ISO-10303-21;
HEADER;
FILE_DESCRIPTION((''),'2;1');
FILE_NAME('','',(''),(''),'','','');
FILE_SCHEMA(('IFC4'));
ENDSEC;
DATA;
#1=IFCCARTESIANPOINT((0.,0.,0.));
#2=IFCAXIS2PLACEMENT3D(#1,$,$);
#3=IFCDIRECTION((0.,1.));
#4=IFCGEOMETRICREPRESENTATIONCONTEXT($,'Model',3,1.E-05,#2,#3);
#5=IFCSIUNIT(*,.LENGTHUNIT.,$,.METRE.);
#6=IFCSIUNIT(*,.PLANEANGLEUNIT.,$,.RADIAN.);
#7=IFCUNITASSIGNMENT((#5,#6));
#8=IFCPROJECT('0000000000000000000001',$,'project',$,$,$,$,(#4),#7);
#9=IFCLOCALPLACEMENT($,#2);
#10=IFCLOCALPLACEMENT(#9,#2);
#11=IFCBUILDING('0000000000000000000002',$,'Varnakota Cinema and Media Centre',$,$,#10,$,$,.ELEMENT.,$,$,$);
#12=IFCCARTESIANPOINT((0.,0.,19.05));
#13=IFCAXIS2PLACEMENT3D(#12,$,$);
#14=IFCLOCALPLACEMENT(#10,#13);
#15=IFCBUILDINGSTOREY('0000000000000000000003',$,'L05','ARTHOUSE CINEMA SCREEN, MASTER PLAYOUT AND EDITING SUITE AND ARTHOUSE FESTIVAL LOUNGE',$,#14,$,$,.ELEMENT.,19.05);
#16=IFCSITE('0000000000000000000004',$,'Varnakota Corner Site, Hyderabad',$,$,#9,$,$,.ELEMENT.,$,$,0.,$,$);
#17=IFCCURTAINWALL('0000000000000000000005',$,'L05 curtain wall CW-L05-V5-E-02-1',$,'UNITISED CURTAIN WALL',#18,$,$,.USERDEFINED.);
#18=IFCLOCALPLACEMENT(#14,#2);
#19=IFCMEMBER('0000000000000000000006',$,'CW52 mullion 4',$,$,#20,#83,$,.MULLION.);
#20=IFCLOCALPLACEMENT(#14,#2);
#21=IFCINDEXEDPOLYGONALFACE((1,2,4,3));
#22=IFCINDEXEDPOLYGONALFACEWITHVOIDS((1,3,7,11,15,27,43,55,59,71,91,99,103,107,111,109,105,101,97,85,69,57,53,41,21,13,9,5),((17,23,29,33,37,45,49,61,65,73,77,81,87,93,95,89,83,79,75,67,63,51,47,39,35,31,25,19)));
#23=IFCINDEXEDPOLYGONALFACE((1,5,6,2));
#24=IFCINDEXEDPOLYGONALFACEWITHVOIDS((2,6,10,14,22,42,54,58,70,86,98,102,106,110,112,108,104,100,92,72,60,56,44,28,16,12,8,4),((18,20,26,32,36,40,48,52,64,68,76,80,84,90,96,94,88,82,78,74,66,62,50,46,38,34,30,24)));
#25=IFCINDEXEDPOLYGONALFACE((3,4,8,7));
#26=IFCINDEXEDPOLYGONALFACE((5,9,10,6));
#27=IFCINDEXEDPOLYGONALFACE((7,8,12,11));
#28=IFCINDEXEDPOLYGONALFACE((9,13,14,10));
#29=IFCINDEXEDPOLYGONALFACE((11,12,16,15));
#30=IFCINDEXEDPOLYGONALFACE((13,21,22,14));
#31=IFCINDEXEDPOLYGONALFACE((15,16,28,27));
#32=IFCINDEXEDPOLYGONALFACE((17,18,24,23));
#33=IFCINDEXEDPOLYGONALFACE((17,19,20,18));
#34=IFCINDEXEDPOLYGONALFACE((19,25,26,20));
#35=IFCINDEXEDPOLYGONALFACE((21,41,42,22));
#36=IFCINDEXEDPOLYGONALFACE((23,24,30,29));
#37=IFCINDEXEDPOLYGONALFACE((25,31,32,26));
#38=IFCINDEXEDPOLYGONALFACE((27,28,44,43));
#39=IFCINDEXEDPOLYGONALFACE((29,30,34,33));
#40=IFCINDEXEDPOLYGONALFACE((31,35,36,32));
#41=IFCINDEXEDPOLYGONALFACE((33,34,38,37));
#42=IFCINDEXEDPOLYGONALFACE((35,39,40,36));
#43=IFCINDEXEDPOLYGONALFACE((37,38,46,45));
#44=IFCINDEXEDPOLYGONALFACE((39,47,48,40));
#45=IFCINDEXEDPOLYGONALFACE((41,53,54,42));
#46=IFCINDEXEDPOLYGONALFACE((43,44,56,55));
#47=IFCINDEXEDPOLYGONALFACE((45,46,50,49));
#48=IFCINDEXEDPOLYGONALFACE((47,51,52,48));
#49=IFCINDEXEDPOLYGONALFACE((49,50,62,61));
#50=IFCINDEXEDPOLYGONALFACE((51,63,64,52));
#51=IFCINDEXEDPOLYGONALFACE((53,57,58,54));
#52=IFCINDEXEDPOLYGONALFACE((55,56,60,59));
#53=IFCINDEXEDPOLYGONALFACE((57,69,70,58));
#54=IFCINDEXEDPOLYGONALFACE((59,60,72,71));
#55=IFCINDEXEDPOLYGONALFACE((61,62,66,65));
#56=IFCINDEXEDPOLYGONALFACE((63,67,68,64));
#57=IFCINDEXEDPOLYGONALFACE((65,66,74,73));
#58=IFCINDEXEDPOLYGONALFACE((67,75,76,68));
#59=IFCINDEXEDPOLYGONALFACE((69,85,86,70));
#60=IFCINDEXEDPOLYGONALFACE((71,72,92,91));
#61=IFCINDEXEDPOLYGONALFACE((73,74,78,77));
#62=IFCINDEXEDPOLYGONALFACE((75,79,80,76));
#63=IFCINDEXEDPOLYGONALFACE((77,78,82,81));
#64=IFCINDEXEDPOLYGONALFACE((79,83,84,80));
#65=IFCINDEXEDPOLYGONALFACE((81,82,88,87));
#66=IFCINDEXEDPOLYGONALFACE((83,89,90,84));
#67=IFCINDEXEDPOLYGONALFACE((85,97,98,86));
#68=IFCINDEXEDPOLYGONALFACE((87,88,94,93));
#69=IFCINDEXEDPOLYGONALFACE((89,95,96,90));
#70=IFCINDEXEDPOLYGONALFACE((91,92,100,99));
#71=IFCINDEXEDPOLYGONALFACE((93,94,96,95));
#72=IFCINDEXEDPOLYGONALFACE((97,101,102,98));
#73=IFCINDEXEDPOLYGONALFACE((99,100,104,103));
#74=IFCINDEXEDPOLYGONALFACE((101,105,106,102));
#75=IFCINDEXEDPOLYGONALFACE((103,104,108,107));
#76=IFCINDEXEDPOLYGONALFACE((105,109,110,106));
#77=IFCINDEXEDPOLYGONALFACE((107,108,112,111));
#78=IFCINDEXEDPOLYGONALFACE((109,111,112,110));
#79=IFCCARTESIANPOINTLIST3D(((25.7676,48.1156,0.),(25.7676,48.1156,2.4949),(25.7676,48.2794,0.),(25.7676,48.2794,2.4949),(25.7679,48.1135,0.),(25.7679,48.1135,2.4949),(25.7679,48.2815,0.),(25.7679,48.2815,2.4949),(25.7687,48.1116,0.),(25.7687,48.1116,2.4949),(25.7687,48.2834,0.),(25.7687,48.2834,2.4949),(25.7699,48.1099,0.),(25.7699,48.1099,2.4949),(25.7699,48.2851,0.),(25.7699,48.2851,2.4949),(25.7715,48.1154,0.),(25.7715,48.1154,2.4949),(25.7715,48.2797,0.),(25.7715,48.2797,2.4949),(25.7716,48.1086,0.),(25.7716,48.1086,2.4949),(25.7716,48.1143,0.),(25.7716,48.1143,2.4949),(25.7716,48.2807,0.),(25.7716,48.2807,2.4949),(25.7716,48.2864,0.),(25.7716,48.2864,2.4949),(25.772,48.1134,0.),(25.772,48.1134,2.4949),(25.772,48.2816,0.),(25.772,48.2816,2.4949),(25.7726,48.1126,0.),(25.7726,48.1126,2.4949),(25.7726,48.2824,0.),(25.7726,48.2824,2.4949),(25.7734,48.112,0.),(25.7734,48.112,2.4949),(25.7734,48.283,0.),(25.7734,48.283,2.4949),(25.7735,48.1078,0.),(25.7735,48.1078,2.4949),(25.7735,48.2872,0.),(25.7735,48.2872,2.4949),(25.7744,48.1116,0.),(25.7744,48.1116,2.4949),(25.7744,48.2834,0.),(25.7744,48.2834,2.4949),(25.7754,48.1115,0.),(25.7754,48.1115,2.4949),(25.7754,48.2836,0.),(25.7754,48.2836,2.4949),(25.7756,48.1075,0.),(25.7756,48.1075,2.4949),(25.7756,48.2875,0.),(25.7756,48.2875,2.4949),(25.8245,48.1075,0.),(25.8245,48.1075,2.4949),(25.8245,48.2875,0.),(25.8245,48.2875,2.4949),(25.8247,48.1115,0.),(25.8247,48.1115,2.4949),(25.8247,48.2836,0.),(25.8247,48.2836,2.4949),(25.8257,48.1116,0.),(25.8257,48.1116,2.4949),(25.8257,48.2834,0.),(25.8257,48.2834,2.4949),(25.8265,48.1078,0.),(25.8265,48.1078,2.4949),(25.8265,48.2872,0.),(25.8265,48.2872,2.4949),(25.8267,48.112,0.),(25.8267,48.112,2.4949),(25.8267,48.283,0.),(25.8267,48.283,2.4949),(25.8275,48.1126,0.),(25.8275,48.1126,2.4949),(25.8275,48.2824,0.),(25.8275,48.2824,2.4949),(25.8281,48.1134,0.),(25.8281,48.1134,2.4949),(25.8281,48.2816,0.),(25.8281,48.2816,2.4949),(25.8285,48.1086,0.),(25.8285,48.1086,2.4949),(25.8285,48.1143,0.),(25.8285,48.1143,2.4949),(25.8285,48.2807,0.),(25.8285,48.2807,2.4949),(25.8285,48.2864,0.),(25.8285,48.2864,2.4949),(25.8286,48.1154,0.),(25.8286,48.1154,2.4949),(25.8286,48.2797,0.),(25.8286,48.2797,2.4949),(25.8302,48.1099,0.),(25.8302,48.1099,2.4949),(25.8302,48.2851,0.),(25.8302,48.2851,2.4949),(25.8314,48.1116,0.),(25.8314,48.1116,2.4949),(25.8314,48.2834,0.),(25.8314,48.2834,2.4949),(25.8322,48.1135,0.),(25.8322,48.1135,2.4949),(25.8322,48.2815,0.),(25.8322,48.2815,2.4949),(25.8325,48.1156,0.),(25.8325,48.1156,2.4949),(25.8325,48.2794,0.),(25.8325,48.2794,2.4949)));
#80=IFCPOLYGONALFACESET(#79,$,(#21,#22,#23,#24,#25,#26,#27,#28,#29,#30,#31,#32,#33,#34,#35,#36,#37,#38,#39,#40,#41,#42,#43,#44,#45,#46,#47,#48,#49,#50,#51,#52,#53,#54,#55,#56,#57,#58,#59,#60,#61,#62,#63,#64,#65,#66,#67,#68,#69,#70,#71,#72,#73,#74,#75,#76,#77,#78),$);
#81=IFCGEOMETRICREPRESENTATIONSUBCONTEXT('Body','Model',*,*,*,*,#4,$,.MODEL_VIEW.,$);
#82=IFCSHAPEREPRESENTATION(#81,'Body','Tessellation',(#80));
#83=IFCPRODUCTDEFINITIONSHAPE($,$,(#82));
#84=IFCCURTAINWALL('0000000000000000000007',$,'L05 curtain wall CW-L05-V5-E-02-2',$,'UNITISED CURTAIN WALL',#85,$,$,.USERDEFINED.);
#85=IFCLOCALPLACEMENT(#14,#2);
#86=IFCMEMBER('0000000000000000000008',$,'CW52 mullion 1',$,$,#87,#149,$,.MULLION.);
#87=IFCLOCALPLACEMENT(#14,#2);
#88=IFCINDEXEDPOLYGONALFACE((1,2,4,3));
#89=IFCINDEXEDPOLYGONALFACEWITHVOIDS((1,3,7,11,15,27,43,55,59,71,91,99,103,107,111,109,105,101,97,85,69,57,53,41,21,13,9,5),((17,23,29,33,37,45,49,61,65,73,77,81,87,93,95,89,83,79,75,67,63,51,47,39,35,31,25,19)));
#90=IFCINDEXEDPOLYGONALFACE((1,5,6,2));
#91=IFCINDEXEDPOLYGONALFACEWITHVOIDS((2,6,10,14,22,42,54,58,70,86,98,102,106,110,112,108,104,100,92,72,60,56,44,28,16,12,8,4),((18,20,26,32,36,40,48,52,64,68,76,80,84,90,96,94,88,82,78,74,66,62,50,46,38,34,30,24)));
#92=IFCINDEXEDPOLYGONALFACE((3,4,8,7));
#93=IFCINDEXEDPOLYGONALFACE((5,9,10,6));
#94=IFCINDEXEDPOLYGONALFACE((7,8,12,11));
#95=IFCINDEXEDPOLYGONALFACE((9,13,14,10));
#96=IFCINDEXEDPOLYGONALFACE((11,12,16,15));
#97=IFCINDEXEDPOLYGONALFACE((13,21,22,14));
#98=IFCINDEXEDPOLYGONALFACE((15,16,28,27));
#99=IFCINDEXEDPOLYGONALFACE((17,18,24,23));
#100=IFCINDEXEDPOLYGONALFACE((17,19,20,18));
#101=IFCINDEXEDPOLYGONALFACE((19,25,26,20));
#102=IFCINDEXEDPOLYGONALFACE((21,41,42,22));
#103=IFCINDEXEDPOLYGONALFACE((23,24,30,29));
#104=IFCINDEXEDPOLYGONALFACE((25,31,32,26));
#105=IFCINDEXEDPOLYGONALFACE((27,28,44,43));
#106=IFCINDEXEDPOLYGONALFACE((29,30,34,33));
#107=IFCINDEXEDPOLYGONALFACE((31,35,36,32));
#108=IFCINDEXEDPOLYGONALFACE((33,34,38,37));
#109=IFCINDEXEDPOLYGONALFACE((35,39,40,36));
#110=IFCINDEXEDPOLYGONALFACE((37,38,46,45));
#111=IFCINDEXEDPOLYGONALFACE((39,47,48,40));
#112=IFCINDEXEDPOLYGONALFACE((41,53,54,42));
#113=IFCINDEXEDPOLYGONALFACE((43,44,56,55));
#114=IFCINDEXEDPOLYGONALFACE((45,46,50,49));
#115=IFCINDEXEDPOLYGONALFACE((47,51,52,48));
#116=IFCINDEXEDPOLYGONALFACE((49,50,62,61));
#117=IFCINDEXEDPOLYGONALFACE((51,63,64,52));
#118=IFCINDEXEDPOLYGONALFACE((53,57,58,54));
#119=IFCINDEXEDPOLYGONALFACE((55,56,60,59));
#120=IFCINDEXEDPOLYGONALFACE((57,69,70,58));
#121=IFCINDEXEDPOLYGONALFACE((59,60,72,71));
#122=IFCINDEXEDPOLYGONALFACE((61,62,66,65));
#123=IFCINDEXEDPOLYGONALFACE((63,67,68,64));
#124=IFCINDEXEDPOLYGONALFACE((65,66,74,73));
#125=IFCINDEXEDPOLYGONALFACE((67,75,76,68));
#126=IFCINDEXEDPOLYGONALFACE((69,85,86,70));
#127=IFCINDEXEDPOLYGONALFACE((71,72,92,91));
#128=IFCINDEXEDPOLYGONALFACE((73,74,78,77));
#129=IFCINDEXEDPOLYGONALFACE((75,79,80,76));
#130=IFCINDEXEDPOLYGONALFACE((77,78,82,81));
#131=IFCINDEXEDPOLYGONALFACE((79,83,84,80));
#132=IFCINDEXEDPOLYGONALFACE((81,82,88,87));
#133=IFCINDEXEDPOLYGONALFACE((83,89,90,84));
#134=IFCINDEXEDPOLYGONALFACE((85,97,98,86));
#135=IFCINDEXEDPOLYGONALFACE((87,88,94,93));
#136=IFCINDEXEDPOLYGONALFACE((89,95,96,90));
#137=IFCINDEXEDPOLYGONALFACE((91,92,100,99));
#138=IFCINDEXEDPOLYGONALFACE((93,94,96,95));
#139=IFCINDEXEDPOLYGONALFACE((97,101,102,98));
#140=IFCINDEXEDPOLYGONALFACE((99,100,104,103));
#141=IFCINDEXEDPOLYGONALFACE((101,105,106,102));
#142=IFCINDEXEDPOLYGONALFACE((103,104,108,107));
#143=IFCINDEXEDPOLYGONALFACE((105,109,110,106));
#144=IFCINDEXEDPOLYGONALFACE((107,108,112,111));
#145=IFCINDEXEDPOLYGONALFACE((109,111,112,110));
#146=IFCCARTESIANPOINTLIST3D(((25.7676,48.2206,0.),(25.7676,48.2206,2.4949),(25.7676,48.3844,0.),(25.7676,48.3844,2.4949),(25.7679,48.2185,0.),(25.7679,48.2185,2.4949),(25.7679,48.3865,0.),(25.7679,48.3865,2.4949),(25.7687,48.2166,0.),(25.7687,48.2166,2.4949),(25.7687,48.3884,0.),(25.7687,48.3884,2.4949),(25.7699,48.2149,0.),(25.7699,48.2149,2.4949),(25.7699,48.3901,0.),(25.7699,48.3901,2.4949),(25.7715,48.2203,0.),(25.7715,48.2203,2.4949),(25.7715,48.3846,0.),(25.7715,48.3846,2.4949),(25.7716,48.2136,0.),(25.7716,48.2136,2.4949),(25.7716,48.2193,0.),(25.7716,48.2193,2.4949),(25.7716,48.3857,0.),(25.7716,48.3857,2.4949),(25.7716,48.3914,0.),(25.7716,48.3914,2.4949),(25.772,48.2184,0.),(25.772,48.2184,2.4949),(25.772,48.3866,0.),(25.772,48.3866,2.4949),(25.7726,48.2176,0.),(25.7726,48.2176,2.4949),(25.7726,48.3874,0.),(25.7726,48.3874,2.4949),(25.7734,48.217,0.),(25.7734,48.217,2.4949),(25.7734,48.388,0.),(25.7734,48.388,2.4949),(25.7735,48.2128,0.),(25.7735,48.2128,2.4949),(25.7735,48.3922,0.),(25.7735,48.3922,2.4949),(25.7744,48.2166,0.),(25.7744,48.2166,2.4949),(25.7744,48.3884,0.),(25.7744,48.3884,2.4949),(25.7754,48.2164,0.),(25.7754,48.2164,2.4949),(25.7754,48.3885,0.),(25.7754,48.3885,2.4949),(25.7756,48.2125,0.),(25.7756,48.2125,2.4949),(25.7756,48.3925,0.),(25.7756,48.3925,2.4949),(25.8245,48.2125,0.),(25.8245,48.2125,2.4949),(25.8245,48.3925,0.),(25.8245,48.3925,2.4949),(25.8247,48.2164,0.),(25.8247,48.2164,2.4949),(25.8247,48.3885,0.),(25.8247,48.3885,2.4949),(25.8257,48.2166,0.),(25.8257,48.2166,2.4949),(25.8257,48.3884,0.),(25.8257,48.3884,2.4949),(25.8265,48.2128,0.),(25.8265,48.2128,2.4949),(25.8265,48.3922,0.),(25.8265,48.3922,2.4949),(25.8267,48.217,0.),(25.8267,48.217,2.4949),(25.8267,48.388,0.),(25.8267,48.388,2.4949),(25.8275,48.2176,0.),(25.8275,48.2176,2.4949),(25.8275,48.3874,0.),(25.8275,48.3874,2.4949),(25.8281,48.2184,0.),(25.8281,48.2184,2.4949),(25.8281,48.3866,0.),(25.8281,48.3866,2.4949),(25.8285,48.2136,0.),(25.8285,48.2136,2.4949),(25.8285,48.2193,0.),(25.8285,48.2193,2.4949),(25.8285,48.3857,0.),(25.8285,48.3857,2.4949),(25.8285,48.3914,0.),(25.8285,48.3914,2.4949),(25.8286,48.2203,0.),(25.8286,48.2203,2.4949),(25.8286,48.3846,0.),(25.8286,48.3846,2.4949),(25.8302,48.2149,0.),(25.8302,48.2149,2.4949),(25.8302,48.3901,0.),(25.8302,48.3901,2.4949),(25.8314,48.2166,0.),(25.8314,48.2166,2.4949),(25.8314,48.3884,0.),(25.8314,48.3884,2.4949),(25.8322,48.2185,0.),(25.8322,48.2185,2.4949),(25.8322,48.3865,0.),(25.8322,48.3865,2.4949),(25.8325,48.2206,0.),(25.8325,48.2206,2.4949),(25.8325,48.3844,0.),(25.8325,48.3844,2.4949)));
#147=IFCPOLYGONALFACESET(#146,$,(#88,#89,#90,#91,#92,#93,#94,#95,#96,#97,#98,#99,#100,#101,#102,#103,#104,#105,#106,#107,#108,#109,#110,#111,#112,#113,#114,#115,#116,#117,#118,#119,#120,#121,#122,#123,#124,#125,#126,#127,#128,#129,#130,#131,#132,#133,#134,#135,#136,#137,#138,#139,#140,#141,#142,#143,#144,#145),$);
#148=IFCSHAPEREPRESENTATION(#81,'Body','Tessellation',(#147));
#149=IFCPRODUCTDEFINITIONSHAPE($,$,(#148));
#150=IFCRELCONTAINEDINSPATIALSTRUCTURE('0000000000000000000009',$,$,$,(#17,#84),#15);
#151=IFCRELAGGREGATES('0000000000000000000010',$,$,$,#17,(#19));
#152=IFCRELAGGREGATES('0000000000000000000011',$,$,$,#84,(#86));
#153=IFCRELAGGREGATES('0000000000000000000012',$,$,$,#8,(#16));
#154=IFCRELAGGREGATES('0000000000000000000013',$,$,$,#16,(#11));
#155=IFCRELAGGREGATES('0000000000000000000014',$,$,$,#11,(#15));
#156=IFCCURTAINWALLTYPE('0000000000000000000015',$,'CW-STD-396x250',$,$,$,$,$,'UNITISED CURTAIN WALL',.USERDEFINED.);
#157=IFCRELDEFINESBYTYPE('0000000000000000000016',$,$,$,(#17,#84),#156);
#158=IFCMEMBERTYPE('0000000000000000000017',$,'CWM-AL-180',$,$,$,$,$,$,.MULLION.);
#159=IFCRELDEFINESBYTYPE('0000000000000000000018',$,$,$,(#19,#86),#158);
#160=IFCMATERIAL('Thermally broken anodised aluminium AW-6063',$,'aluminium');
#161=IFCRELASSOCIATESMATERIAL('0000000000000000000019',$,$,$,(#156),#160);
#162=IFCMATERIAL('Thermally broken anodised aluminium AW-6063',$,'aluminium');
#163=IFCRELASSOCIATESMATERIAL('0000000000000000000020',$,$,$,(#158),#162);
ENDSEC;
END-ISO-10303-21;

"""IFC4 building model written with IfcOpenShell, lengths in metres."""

from ifc_helpers import new_model, si_unit, direction, frame, origin, origin_2d, place, context, subcontext, project, spatial, hollow_rectangle, extrude, material, material_profile, profile_set, type_object, element, aggregate, save


model = new_model("IFC4")

# Units and contexts
model_context = context("Model", 3, precision=1e-05, world=origin(), true_north=direction((0.0, 1.0)))
body_context = subcontext(model_context, "Body", "Model", "MODEL_VIEW")
ifc_project = project(units=[si_unit("LENGTHUNIT", "METRE"), si_unit("PLANEANGLEUNIT", "RADIAN")], contexts=[model_context])

# Site, building, storey
site_placement = place(None, origin())
site = spatial("IfcSite", under=ifc_project, at=site_placement, Name="Varnakota Corner Site, Hyderabad", CompositionType="ELEMENT", RefElevation=0.0)
building_placement = place(site_placement, origin())
building = spatial("IfcBuilding", under=site, at=building_placement, Name="Varnakota Cinema and Media Centre", CompositionType="ELEMENT")
storey_placement = place(building_placement, frame((0.0, 0.0, 19.05)))
storey = spatial("IfcBuildingStorey", under=building, at=storey_placement, Name="L05", Description="ARTHOUSE CINEMA SCREEN, MASTER PLAYOUT AND EDITING SUITE AND ARTHOUSE FESTIVAL LOUNGE", CompositionType="ELEMENT", Elevation=19.05)

# Curtain wall, member
ifc_material_1 = material(Name="Thermally broken anodised aluminium AW-6063", Category="aluminium")
curtain_wall_type_1 = type_object("IfcCurtainWallType", Name="CW-STD-396x250", ElementType="UNITISED CURTAIN WALL", PredefinedType="USERDEFINED", material=ifc_material_1)
curtain_wall_1_placement = place(storey_placement, origin())
curtain_wall_1 = element("IfcCurtainWall", 1, at=curtain_wall_1_placement, inside=storey, type_object=curtain_wall_type_1, Name="L05 curtain wall CW-L05-V5-E-02-1", ObjectType="UNITISED CURTAIN WALL", PredefinedType="USERDEFINED")
ifc_material_2 = material(Name="Thermally broken anodised aluminium AW-6063", Category="aluminium")
ifc_material_profile_1 = material_profile(ifc_material_2, hollow_rectangle(XDim=0.0649, YDim=0.1799, WallThickness=0.0039, InnerFilletRadius=0.0039, OuterFilletRadius=0.0081, at=origin_2d()), Name="AL-MULLION 180x65x4")
ifc_profile_set_1 = profile_set([ifc_material_profile_1], Name="Thermally broken anodised aluminium AW-6063")
member_type_1 = type_object("IfcMemberType", Name="CWM-AL-180", PredefinedType="MULLION", material=ifc_profile_set_1)
member_1_placement = place(storey_placement, frame((25.8, 48.1975, 0.0), z_axis=(0.0, 0.0, 1.0), x_axis=(-1.0, 0.0, 0.0)))
member_1 = element("IfcMember", 2, at=member_1_placement, type_object=member_type_1, Name="CW52 mullion 4", PredefinedType="MULLION", context=body_context, shape_type="SweptSolid", body=[
    extrude(hollow_rectangle(XDim=0.0649, YDim=0.1799, WallThickness=0.0039, InnerFilletRadius=0.0039, OuterFilletRadius=0.0081, at=origin_2d()), origin(), (0.0, 0.0, 1.0), 2.4949),
])
aggregate(curtain_wall_1, [member_1])

# Curtain wall, member
curtain_wall_2_placement = place(storey_placement, origin())
curtain_wall_2 = element("IfcCurtainWall", 3, at=curtain_wall_2_placement, inside=storey, type_object=curtain_wall_type_1, Name="L05 curtain wall CW-L05-V5-E-02-2", ObjectType="UNITISED CURTAIN WALL", PredefinedType="USERDEFINED")
member_2_placement = place(storey_placement, frame((25.8, 48.3025, 0.0), z_axis=(0.0, 0.0, 1.0), x_axis=(-1.0, 0.0, 0.0)))
member_2 = element("IfcMember", 4, at=member_2_placement, type_object=member_type_1, Name="CW52 mullion 1", PredefinedType="MULLION", context=body_context, shape_type="SweptSolid", body=[
    extrude(hollow_rectangle(XDim=0.0649, YDim=0.1799, WallThickness=0.0039, InnerFilletRadius=0.0039, OuterFilletRadius=0.0081, at=origin_2d()), origin(), (0.0, 0.0, 1.0), 2.4949),
])

aggregate(curtain_wall_2, [member_2])

save(model, "model.ifc")
